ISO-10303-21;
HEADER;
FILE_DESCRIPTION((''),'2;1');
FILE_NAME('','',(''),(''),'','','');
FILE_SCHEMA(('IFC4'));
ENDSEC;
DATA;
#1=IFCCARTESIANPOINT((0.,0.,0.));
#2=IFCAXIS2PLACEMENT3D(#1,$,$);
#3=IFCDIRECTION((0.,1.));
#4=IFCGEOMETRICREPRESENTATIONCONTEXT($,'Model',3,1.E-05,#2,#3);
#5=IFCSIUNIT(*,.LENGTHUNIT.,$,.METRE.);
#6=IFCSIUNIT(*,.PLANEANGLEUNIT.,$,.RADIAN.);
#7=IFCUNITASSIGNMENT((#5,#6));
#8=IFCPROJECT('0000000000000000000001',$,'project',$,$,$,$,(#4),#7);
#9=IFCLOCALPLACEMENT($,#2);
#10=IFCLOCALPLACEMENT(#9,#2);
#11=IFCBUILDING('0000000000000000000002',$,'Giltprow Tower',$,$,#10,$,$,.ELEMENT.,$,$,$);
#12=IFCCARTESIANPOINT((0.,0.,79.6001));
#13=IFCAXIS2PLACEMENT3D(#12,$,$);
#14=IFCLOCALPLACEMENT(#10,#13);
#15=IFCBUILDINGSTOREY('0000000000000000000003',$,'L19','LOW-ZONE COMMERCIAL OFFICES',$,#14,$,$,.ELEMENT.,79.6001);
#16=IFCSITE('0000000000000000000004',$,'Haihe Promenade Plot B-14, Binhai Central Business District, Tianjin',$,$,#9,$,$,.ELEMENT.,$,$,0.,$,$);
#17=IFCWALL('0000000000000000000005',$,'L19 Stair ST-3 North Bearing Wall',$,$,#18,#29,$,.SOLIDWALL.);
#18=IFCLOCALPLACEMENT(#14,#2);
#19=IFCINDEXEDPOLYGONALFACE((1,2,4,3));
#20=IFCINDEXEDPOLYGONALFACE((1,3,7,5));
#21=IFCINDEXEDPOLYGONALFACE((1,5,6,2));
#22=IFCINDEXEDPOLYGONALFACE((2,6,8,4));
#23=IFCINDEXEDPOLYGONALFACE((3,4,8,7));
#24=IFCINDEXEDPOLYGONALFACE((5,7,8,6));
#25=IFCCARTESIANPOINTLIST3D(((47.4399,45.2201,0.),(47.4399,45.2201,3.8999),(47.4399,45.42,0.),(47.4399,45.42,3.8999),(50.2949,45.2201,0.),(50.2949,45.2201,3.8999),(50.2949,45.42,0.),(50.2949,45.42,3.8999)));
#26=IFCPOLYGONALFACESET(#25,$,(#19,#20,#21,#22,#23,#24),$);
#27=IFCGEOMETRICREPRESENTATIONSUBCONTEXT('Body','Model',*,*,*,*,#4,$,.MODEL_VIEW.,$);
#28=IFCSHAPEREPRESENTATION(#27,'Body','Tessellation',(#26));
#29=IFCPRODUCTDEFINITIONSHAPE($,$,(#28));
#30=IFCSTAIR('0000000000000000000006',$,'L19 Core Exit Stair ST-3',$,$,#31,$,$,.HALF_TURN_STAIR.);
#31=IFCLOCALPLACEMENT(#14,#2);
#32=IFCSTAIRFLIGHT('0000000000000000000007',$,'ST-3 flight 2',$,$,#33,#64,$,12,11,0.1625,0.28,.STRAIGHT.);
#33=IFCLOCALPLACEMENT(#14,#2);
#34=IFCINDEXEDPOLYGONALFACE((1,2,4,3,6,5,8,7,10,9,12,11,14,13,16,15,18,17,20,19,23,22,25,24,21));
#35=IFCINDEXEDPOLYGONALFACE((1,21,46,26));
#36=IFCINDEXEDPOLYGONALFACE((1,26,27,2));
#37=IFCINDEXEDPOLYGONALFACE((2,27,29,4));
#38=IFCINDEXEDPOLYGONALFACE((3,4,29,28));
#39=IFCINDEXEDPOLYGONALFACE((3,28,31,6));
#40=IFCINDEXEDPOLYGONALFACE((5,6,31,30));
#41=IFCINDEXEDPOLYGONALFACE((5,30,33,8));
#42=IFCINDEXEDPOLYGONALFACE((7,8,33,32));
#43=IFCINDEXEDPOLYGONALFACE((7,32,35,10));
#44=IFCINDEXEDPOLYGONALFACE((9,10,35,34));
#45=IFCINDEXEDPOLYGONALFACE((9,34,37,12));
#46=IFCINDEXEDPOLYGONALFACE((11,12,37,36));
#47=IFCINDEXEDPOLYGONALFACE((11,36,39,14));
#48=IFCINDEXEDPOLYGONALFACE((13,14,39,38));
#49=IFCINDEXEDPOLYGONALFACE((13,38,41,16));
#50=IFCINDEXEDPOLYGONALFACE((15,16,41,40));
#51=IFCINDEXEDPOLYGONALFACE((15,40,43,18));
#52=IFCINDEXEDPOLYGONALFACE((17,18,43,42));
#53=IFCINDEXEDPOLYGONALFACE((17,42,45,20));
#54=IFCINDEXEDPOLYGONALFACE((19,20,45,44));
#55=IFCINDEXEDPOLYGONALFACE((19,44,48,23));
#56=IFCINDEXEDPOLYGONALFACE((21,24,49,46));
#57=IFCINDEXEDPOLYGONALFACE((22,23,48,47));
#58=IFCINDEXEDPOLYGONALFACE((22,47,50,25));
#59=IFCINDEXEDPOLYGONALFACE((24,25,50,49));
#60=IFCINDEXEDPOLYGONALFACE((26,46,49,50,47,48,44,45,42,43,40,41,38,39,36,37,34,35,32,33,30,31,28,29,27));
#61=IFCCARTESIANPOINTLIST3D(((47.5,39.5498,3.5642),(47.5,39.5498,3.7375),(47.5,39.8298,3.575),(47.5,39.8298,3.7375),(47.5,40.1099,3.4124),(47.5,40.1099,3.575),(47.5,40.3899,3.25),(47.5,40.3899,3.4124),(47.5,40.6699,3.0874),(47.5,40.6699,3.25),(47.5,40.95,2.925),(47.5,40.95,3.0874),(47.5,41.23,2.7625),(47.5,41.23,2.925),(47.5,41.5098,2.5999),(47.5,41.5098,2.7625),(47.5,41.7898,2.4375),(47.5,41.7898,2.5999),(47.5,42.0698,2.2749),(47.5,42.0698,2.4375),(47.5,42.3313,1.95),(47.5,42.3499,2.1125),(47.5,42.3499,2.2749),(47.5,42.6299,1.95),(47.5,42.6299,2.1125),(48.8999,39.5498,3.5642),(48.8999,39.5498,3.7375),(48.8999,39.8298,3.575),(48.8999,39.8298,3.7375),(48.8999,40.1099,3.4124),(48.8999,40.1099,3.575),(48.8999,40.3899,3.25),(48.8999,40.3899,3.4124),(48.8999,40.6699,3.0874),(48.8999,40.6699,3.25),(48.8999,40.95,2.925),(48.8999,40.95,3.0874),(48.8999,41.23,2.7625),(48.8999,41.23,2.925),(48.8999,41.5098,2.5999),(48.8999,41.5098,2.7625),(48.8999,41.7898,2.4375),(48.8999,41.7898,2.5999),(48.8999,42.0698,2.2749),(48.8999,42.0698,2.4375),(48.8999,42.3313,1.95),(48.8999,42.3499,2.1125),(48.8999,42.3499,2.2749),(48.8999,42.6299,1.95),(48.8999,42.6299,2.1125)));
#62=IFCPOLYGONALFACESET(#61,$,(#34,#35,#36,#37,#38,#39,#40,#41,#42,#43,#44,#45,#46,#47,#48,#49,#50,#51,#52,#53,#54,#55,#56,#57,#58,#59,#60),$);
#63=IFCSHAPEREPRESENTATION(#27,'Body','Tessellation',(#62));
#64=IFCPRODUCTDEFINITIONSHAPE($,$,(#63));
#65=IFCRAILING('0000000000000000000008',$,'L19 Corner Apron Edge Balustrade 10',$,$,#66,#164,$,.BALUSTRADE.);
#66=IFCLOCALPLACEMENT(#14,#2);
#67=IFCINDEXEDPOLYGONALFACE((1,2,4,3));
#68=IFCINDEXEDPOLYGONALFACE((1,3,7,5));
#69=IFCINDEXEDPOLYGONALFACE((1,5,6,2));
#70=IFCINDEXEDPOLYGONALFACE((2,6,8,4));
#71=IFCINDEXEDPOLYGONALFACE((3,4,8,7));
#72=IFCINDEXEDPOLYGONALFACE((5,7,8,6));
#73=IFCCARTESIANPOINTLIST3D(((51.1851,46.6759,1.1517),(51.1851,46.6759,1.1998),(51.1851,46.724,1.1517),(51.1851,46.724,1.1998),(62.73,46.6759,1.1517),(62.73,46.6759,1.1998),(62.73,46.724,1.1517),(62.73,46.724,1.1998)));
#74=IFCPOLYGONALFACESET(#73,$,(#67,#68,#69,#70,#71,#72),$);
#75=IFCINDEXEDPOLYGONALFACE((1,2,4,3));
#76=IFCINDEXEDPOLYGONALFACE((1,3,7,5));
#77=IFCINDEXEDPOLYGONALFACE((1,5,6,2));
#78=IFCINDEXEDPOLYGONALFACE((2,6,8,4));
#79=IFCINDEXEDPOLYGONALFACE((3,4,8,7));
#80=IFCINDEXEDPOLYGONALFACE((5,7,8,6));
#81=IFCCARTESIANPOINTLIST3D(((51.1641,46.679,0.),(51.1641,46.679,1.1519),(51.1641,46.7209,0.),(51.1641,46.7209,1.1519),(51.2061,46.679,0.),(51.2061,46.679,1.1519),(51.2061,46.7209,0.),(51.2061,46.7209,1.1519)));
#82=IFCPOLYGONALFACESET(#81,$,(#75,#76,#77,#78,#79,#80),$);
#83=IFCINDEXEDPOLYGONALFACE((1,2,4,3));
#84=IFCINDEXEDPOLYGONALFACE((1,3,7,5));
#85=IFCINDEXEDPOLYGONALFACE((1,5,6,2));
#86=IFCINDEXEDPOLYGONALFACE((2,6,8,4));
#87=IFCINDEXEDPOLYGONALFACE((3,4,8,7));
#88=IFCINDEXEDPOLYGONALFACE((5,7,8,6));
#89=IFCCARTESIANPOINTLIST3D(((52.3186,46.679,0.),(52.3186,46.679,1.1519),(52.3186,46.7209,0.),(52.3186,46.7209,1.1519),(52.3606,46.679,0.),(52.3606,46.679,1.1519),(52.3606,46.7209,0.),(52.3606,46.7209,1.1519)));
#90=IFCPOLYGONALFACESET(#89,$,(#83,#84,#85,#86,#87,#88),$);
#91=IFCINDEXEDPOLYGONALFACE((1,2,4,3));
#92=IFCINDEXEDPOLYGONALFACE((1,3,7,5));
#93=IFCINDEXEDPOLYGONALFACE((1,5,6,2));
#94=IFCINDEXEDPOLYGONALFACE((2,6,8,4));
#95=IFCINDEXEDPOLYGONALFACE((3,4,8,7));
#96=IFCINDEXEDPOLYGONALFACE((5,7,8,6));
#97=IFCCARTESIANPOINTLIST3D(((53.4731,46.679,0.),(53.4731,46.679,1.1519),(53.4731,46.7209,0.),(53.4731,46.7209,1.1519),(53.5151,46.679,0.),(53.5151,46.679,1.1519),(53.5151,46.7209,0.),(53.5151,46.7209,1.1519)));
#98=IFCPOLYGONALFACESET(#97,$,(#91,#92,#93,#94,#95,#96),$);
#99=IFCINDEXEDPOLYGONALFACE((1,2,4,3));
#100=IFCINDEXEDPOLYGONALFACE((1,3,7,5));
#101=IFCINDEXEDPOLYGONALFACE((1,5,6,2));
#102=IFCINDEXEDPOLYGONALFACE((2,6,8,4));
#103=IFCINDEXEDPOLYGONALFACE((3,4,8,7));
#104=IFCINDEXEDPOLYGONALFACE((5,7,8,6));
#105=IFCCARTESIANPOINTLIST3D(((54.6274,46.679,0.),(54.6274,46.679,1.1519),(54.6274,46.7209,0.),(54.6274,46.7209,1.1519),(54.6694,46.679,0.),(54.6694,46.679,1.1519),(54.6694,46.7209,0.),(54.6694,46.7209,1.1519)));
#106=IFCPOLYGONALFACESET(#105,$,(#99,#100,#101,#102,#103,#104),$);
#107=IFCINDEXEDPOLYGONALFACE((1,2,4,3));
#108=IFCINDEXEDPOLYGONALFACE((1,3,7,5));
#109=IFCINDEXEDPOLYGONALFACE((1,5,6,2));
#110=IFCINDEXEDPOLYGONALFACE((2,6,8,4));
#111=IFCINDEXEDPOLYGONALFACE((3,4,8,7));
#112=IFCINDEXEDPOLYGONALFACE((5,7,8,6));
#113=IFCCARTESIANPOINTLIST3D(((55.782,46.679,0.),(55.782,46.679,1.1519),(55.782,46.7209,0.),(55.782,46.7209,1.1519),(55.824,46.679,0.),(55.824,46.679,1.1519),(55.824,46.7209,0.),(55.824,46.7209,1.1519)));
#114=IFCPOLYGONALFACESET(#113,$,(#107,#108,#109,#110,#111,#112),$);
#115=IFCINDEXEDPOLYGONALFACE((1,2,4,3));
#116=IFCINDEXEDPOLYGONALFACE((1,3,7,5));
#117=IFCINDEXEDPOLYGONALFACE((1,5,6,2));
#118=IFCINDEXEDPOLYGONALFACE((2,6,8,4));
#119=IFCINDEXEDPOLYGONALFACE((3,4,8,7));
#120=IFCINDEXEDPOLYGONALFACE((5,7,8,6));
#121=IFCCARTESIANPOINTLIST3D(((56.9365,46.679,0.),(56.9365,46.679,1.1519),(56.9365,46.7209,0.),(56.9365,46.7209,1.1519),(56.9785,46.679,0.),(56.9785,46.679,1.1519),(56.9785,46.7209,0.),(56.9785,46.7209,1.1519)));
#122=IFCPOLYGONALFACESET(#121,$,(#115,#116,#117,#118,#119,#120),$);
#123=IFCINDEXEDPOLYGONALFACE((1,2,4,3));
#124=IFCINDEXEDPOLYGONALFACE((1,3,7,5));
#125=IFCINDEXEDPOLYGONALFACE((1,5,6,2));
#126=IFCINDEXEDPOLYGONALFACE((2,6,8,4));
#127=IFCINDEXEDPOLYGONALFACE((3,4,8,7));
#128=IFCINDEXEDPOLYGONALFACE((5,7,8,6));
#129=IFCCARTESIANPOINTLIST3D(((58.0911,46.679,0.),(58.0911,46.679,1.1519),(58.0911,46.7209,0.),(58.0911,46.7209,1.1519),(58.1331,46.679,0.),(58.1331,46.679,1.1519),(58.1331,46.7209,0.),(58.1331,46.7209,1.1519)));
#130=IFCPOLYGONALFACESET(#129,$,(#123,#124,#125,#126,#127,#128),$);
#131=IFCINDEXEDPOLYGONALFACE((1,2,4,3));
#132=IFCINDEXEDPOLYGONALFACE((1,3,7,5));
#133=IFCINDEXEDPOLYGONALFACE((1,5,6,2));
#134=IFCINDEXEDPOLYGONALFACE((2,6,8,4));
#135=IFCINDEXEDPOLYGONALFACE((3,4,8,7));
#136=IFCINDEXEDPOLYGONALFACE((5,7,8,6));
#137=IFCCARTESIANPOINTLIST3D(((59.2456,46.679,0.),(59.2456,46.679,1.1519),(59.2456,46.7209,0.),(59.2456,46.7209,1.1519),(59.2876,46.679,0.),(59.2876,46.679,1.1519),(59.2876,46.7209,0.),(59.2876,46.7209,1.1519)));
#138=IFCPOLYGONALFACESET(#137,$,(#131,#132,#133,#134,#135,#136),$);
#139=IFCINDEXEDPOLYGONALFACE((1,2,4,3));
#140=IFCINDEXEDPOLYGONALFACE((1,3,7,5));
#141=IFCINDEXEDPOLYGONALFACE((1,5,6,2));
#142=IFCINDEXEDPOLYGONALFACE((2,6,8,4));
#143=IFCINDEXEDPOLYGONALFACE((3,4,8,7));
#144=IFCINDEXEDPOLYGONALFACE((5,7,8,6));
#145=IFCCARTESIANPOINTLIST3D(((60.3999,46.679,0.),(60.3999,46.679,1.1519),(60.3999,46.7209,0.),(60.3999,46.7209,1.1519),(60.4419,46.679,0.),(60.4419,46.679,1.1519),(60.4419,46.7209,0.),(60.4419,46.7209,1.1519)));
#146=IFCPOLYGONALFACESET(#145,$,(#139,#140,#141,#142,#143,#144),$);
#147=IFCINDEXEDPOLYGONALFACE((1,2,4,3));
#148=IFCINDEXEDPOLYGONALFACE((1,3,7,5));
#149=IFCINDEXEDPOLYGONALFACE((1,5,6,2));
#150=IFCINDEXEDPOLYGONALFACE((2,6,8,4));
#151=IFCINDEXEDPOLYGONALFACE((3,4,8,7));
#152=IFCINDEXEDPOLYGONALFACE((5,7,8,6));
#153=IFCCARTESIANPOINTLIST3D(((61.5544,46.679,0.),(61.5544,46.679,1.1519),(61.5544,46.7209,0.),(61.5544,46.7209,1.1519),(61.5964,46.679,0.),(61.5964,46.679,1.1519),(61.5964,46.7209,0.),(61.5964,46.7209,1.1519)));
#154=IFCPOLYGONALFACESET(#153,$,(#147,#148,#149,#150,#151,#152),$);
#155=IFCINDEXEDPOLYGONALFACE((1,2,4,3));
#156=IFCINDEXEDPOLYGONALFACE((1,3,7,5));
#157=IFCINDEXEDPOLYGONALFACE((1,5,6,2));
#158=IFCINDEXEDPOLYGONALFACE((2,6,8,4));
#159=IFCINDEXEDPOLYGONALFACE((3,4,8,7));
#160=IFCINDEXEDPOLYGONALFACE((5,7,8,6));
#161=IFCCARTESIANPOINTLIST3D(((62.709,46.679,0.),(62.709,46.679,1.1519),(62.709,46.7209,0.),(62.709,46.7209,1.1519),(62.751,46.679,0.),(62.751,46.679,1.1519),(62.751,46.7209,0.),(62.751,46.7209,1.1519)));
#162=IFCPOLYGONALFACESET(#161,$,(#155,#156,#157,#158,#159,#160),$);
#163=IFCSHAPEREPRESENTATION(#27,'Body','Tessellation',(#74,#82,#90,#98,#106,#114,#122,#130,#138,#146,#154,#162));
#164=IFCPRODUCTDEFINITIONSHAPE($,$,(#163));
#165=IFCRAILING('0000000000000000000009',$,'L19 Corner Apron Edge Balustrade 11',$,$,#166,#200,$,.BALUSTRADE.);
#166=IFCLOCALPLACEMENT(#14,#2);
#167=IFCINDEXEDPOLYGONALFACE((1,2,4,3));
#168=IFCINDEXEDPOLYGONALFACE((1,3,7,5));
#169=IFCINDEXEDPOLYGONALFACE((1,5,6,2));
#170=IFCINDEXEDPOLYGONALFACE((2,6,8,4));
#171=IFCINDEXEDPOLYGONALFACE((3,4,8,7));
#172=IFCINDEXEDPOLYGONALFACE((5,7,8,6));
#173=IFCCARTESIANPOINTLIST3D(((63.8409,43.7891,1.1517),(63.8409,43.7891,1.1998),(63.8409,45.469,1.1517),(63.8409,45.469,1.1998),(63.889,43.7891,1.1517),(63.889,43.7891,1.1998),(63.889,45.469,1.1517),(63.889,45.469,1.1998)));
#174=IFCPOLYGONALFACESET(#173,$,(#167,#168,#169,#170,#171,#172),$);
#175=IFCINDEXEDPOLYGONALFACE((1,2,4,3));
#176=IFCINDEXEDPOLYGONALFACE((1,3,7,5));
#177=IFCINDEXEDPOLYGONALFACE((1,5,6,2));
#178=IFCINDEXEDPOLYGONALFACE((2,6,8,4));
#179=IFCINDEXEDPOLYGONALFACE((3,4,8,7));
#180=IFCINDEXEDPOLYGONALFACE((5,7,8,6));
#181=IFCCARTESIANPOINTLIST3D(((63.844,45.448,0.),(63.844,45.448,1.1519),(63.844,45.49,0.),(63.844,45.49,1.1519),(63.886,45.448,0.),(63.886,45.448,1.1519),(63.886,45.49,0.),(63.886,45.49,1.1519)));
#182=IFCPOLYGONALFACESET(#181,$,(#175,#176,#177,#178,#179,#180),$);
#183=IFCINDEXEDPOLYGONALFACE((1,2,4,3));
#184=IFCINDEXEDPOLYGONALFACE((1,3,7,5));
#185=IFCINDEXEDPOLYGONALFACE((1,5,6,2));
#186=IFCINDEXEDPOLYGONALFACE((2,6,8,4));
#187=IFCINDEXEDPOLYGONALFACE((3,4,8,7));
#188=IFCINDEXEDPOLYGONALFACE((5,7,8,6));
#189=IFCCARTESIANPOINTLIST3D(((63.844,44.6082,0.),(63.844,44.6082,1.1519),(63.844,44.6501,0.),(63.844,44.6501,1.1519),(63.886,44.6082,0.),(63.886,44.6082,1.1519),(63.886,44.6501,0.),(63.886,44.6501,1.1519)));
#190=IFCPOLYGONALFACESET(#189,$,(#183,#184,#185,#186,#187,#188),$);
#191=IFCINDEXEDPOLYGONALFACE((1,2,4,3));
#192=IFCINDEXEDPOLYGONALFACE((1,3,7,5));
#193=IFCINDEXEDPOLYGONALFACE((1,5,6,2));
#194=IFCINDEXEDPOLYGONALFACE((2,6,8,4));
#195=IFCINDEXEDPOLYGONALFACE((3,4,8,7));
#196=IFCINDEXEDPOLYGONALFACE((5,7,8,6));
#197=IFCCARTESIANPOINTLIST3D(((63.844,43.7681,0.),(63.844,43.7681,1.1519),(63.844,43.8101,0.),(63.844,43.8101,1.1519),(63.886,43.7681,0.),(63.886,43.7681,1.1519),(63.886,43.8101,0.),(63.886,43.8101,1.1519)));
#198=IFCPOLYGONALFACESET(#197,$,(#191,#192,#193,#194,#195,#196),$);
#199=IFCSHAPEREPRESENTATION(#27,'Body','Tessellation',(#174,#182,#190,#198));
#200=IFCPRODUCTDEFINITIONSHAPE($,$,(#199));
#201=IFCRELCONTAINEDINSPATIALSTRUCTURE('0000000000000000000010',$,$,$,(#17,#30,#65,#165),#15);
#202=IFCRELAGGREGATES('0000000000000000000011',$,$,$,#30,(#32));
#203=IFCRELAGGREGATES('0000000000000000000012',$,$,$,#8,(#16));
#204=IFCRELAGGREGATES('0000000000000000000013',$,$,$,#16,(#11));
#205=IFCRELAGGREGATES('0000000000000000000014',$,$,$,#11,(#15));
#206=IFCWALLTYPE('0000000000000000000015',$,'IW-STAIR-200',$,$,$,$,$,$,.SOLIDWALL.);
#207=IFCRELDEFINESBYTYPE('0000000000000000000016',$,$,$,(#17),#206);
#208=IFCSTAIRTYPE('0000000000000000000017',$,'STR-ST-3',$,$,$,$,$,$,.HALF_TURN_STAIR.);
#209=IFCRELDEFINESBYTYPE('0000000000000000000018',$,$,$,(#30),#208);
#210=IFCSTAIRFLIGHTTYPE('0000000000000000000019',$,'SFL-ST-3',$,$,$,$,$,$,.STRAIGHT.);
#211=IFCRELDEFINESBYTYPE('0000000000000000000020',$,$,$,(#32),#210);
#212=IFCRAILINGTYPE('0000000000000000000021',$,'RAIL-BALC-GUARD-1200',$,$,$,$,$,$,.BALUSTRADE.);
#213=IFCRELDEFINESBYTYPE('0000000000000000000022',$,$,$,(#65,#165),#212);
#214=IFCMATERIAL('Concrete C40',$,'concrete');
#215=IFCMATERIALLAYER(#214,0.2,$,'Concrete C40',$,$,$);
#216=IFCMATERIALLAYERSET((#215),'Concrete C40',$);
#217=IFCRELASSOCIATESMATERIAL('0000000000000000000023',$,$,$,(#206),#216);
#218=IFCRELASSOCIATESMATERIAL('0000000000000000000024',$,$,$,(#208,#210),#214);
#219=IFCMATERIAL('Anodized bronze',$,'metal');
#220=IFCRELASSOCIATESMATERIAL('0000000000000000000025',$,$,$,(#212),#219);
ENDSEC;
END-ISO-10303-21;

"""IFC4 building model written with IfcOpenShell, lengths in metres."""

from ifc_helpers import new_model, si_unit, direction, frame, frame_2d, origin, origin_2d, place, context, subcontext, project, spatial, polyline, rectangle, outline, extrude, material, layer, layer_set, type_object, element, aggregate, save


model = new_model("IFC4")

# Units and contexts
model_context = context("Model", 3, precision=1e-05, world=origin(), true_north=direction((0.0, 1.0)))
body_context = subcontext(model_context, "Body", "Model", "MODEL_VIEW")
ifc_project = project(units=[si_unit("LENGTHUNIT", "METRE"), si_unit("PLANEANGLEUNIT", "RADIAN")], contexts=[model_context])

# Site, building, storey
site_placement = place(None, origin())
site = spatial("IfcSite", under=ifc_project, at=site_placement, Name="Haihe Promenade Plot B-14, Binhai Central Business District, Tianjin", CompositionType="ELEMENT", RefElevation=0.0)
building_placement = place(site_placement, origin())
building = spatial("IfcBuilding", under=site, at=building_placement, Name="Giltprow Tower", CompositionType="ELEMENT")
storey_placement = place(building_placement, frame((0.0, 0.0, 79.6001)))
storey = spatial("IfcBuildingStorey", under=building, at=storey_placement, Name="L19", Description="LOW-ZONE COMMERCIAL OFFICES", CompositionType="ELEMENT", Elevation=79.6001)

# Wall
ifc_material_1 = material(Name="Concrete C40", Category="concrete")
ifc_layer_1 = layer(ifc_material_1, 0.2, Name="Concrete C40")
ifc_layer_set_1 = layer_set([ifc_layer_1], Name="Concrete C40")
wall_type_1 = type_object("IfcWallType", Name="IW-STAIR-200", PredefinedType="SOLIDWALL", material=ifc_layer_set_1)
wall_1_placement = place(storey_placement, frame((47.4399, 45.3201, 0.0), z_axis=(0.0, 0.0, 1.0), x_axis=(1.0, 0.0, 0.0)))
element("IfcWall", 1, at=wall_1_placement, inside=storey, type_object=wall_type_1, Name="L19 Stair ST-3 North Bearing Wall", PredefinedType="SOLIDWALL", context=body_context, shape_type="SweptSolid", body=[
    extrude(rectangle(XDim=2.855, YDim=0.2, at=frame_2d((1.4275, 0.0))), origin(), (0.0, 0.0, 1.0), 3.8999),
])

# Stair, stair flight
stair_type = type_object("IfcStairType", Name="STR-ST-3", PredefinedType="HALF_TURN_STAIR", material=ifc_material_1)
stair_placement = place(storey_placement, origin())
stair = element("IfcStair", 2, at=stair_placement, inside=storey, type_object=stair_type, Name="L19 Core Exit Stair ST-3", PredefinedType="HALF_TURN_STAIR")
stair_flight_type = type_object("IfcStairFlightType", Name="SFL-ST-3", PredefinedType="STRAIGHT", material=ifc_material_1)
stair_flight_placement = place(storey_placement, frame((48.2, 42.6299, 1.95), z_axis=(0.0, 0.0, 1.0), x_axis=(0.0, -1.0, 0.0)))
stair_flight = element("IfcStairFlight", 3, at=stair_flight_placement, type_object=stair_flight_type, Name="ST-3 flight 2", NumberOfRisers=12, NumberOfTreads=11, PredefinedType="STRAIGHT", RiserHeight=0.1625, TreadLength=0.28, context=body_context, shape_type="SweptSolid", body=[
    extrude(outline(polyline([(0.0, 0.0), (0.0, 0.1626), (0.28, 0.1626), (0.28, 0.325), (0.5601, 0.325), (0.5601, 0.4875), (0.8401, 0.4875), (0.8401, 0.6499), (1.1201, 0.6499), (1.1201, 0.8125), (1.3999, 0.8125), (1.3999, 0.9751), (1.6799, 0.9751), (1.6799, 1.1375), (1.96, 1.1375), (1.96, 1.3), (2.24, 1.3), (2.24, 1.4624), (2.52, 1.4624), (2.52, 1.625), (2.8, 1.625), (2.8, 1.7876), (3.0801, 1.7876), (3.0801, 1.95), (3.0801, 1.6143), (0.2986, 0.0), (0.0, 0.0)])), frame((0.0, 0.7, 0.0), z_axis=(0.0, -1.0, 0.0), x_axis=(1.0, 0.0, 0.0)), (0.0, 0.0, 1.0), 1.3999),
])
aggregate(stair, [stair_flight])

# Railings
ifc_material_2 = material(Name="Anodized bronze", Category="metal")
railing_type_1 = type_object("IfcRailingType", Name="RAIL-BALC-GUARD-1200", PredefinedType="BALUSTRADE", material=ifc_material_2)
railing_1_placement = place(storey_placement, frame((51.1851, 46.7, 0.0)))
element("IfcRailing", 4, at=railing_1_placement, inside=storey, type_object=railing_type_1, Name="L19 Corner Apron Edge Balustrade 10", PredefinedType="BALUSTRADE", context=body_context, shape_type="SweptSolid", body=[
    extrude(rectangle(XDim=0.0481, YDim=0.0481, at=origin_2d()), frame((0.0, 0.0, 1.1758), z_axis=(1.0, 0.0, 0.0), x_axis=(0.0, 1.0, 0.0)), (0.0, 0.0, 1.0), 11.5449),
    extrude(rectangle(XDim=0.042, YDim=0.042, at=origin_2d()), origin(), (0.0, 0.0, 1.0), 1.1519),
    extrude(rectangle(XDim=0.042, YDim=0.042, at=origin_2d()), frame((1.1545, 0.0, 0.0)), (0.0, 0.0, 1.0), 1.1519),
    extrude(rectangle(XDim=0.042, YDim=0.042, at=origin_2d()), frame((2.3091, 0.0, 0.0)), (0.0, 0.0, 1.0), 1.1519),
    extrude(rectangle(XDim=0.042, YDim=0.042, at=origin_2d()), frame((3.4634, 0.0, 0.0)), (0.0, 0.0, 1.0), 1.1519),
    extrude(rectangle(XDim=0.042, YDim=0.042, at=origin_2d()), frame((4.6179, 0.0, 0.0)), (0.0, 0.0, 1.0), 1.1519),
    extrude(rectangle(XDim=0.042, YDim=0.042, at=origin_2d()), frame((5.7725, 0.0, 0.0)), (0.0, 0.0, 1.0), 1.1519),
    extrude(rectangle(XDim=0.042, YDim=0.042, at=origin_2d()), frame((6.927, 0.0, 0.0)), (0.0, 0.0, 1.0), 1.1519),
    extrude(rectangle(XDim=0.042, YDim=0.042, at=origin_2d()), frame((8.0815, 0.0, 0.0)), (0.0, 0.0, 1.0), 1.1519),
    extrude(rectangle(XDim=0.042, YDim=0.042, at=origin_2d()), frame((9.2358, 0.0, 0.0)), (0.0, 0.0, 1.0), 1.1519),
    extrude(rectangle(XDim=0.042, YDim=0.042, at=origin_2d()), frame((10.3904, 0.0, 0.0)), (0.0, 0.0, 1.0), 1.1519),
    extrude(rectangle(XDim=0.042, YDim=0.042, at=origin_2d()), frame((11.5449, 0.0, 0.0)), (0.0, 0.0, 1.0), 1.1519),
])
railing_2_placement = place(storey_placement, frame((63.865, 45.469, 0.0)))
element("IfcRailing", 5, at=railing_2_placement, inside=storey, type_object=railing_type_1, Name="L19 Corner Apron Edge Balustrade 11", PredefinedType="BALUSTRADE", context=body_context, shape_type="SweptSolid", body=[
    extrude(rectangle(XDim=0.0481, YDim=0.0481, at=origin_2d()), frame((0.0, 0.0, 1.1758), z_axis=(0.0, -1.0, 0.0), x_axis=(1.0, 0.0, 0.0)), (0.0, 0.0, 1.0), 1.6799),
    extrude(rectangle(XDim=0.042, YDim=0.042, at=origin_2d()), origin(), (0.0, 0.0, 1.0), 1.1519),
    extrude(rectangle(XDim=0.042, YDim=0.042, at=origin_2d()), frame((0.0, -0.8398, 0.0)), (0.0, 0.0, 1.0), 1.1519),
    extrude(rectangle(XDim=0.042, YDim=0.042, at=origin_2d()), frame((0.0, -1.6799, 0.0)), (0.0, 0.0, 1.0), 1.1519),
])

save(model, "model.ifc")
